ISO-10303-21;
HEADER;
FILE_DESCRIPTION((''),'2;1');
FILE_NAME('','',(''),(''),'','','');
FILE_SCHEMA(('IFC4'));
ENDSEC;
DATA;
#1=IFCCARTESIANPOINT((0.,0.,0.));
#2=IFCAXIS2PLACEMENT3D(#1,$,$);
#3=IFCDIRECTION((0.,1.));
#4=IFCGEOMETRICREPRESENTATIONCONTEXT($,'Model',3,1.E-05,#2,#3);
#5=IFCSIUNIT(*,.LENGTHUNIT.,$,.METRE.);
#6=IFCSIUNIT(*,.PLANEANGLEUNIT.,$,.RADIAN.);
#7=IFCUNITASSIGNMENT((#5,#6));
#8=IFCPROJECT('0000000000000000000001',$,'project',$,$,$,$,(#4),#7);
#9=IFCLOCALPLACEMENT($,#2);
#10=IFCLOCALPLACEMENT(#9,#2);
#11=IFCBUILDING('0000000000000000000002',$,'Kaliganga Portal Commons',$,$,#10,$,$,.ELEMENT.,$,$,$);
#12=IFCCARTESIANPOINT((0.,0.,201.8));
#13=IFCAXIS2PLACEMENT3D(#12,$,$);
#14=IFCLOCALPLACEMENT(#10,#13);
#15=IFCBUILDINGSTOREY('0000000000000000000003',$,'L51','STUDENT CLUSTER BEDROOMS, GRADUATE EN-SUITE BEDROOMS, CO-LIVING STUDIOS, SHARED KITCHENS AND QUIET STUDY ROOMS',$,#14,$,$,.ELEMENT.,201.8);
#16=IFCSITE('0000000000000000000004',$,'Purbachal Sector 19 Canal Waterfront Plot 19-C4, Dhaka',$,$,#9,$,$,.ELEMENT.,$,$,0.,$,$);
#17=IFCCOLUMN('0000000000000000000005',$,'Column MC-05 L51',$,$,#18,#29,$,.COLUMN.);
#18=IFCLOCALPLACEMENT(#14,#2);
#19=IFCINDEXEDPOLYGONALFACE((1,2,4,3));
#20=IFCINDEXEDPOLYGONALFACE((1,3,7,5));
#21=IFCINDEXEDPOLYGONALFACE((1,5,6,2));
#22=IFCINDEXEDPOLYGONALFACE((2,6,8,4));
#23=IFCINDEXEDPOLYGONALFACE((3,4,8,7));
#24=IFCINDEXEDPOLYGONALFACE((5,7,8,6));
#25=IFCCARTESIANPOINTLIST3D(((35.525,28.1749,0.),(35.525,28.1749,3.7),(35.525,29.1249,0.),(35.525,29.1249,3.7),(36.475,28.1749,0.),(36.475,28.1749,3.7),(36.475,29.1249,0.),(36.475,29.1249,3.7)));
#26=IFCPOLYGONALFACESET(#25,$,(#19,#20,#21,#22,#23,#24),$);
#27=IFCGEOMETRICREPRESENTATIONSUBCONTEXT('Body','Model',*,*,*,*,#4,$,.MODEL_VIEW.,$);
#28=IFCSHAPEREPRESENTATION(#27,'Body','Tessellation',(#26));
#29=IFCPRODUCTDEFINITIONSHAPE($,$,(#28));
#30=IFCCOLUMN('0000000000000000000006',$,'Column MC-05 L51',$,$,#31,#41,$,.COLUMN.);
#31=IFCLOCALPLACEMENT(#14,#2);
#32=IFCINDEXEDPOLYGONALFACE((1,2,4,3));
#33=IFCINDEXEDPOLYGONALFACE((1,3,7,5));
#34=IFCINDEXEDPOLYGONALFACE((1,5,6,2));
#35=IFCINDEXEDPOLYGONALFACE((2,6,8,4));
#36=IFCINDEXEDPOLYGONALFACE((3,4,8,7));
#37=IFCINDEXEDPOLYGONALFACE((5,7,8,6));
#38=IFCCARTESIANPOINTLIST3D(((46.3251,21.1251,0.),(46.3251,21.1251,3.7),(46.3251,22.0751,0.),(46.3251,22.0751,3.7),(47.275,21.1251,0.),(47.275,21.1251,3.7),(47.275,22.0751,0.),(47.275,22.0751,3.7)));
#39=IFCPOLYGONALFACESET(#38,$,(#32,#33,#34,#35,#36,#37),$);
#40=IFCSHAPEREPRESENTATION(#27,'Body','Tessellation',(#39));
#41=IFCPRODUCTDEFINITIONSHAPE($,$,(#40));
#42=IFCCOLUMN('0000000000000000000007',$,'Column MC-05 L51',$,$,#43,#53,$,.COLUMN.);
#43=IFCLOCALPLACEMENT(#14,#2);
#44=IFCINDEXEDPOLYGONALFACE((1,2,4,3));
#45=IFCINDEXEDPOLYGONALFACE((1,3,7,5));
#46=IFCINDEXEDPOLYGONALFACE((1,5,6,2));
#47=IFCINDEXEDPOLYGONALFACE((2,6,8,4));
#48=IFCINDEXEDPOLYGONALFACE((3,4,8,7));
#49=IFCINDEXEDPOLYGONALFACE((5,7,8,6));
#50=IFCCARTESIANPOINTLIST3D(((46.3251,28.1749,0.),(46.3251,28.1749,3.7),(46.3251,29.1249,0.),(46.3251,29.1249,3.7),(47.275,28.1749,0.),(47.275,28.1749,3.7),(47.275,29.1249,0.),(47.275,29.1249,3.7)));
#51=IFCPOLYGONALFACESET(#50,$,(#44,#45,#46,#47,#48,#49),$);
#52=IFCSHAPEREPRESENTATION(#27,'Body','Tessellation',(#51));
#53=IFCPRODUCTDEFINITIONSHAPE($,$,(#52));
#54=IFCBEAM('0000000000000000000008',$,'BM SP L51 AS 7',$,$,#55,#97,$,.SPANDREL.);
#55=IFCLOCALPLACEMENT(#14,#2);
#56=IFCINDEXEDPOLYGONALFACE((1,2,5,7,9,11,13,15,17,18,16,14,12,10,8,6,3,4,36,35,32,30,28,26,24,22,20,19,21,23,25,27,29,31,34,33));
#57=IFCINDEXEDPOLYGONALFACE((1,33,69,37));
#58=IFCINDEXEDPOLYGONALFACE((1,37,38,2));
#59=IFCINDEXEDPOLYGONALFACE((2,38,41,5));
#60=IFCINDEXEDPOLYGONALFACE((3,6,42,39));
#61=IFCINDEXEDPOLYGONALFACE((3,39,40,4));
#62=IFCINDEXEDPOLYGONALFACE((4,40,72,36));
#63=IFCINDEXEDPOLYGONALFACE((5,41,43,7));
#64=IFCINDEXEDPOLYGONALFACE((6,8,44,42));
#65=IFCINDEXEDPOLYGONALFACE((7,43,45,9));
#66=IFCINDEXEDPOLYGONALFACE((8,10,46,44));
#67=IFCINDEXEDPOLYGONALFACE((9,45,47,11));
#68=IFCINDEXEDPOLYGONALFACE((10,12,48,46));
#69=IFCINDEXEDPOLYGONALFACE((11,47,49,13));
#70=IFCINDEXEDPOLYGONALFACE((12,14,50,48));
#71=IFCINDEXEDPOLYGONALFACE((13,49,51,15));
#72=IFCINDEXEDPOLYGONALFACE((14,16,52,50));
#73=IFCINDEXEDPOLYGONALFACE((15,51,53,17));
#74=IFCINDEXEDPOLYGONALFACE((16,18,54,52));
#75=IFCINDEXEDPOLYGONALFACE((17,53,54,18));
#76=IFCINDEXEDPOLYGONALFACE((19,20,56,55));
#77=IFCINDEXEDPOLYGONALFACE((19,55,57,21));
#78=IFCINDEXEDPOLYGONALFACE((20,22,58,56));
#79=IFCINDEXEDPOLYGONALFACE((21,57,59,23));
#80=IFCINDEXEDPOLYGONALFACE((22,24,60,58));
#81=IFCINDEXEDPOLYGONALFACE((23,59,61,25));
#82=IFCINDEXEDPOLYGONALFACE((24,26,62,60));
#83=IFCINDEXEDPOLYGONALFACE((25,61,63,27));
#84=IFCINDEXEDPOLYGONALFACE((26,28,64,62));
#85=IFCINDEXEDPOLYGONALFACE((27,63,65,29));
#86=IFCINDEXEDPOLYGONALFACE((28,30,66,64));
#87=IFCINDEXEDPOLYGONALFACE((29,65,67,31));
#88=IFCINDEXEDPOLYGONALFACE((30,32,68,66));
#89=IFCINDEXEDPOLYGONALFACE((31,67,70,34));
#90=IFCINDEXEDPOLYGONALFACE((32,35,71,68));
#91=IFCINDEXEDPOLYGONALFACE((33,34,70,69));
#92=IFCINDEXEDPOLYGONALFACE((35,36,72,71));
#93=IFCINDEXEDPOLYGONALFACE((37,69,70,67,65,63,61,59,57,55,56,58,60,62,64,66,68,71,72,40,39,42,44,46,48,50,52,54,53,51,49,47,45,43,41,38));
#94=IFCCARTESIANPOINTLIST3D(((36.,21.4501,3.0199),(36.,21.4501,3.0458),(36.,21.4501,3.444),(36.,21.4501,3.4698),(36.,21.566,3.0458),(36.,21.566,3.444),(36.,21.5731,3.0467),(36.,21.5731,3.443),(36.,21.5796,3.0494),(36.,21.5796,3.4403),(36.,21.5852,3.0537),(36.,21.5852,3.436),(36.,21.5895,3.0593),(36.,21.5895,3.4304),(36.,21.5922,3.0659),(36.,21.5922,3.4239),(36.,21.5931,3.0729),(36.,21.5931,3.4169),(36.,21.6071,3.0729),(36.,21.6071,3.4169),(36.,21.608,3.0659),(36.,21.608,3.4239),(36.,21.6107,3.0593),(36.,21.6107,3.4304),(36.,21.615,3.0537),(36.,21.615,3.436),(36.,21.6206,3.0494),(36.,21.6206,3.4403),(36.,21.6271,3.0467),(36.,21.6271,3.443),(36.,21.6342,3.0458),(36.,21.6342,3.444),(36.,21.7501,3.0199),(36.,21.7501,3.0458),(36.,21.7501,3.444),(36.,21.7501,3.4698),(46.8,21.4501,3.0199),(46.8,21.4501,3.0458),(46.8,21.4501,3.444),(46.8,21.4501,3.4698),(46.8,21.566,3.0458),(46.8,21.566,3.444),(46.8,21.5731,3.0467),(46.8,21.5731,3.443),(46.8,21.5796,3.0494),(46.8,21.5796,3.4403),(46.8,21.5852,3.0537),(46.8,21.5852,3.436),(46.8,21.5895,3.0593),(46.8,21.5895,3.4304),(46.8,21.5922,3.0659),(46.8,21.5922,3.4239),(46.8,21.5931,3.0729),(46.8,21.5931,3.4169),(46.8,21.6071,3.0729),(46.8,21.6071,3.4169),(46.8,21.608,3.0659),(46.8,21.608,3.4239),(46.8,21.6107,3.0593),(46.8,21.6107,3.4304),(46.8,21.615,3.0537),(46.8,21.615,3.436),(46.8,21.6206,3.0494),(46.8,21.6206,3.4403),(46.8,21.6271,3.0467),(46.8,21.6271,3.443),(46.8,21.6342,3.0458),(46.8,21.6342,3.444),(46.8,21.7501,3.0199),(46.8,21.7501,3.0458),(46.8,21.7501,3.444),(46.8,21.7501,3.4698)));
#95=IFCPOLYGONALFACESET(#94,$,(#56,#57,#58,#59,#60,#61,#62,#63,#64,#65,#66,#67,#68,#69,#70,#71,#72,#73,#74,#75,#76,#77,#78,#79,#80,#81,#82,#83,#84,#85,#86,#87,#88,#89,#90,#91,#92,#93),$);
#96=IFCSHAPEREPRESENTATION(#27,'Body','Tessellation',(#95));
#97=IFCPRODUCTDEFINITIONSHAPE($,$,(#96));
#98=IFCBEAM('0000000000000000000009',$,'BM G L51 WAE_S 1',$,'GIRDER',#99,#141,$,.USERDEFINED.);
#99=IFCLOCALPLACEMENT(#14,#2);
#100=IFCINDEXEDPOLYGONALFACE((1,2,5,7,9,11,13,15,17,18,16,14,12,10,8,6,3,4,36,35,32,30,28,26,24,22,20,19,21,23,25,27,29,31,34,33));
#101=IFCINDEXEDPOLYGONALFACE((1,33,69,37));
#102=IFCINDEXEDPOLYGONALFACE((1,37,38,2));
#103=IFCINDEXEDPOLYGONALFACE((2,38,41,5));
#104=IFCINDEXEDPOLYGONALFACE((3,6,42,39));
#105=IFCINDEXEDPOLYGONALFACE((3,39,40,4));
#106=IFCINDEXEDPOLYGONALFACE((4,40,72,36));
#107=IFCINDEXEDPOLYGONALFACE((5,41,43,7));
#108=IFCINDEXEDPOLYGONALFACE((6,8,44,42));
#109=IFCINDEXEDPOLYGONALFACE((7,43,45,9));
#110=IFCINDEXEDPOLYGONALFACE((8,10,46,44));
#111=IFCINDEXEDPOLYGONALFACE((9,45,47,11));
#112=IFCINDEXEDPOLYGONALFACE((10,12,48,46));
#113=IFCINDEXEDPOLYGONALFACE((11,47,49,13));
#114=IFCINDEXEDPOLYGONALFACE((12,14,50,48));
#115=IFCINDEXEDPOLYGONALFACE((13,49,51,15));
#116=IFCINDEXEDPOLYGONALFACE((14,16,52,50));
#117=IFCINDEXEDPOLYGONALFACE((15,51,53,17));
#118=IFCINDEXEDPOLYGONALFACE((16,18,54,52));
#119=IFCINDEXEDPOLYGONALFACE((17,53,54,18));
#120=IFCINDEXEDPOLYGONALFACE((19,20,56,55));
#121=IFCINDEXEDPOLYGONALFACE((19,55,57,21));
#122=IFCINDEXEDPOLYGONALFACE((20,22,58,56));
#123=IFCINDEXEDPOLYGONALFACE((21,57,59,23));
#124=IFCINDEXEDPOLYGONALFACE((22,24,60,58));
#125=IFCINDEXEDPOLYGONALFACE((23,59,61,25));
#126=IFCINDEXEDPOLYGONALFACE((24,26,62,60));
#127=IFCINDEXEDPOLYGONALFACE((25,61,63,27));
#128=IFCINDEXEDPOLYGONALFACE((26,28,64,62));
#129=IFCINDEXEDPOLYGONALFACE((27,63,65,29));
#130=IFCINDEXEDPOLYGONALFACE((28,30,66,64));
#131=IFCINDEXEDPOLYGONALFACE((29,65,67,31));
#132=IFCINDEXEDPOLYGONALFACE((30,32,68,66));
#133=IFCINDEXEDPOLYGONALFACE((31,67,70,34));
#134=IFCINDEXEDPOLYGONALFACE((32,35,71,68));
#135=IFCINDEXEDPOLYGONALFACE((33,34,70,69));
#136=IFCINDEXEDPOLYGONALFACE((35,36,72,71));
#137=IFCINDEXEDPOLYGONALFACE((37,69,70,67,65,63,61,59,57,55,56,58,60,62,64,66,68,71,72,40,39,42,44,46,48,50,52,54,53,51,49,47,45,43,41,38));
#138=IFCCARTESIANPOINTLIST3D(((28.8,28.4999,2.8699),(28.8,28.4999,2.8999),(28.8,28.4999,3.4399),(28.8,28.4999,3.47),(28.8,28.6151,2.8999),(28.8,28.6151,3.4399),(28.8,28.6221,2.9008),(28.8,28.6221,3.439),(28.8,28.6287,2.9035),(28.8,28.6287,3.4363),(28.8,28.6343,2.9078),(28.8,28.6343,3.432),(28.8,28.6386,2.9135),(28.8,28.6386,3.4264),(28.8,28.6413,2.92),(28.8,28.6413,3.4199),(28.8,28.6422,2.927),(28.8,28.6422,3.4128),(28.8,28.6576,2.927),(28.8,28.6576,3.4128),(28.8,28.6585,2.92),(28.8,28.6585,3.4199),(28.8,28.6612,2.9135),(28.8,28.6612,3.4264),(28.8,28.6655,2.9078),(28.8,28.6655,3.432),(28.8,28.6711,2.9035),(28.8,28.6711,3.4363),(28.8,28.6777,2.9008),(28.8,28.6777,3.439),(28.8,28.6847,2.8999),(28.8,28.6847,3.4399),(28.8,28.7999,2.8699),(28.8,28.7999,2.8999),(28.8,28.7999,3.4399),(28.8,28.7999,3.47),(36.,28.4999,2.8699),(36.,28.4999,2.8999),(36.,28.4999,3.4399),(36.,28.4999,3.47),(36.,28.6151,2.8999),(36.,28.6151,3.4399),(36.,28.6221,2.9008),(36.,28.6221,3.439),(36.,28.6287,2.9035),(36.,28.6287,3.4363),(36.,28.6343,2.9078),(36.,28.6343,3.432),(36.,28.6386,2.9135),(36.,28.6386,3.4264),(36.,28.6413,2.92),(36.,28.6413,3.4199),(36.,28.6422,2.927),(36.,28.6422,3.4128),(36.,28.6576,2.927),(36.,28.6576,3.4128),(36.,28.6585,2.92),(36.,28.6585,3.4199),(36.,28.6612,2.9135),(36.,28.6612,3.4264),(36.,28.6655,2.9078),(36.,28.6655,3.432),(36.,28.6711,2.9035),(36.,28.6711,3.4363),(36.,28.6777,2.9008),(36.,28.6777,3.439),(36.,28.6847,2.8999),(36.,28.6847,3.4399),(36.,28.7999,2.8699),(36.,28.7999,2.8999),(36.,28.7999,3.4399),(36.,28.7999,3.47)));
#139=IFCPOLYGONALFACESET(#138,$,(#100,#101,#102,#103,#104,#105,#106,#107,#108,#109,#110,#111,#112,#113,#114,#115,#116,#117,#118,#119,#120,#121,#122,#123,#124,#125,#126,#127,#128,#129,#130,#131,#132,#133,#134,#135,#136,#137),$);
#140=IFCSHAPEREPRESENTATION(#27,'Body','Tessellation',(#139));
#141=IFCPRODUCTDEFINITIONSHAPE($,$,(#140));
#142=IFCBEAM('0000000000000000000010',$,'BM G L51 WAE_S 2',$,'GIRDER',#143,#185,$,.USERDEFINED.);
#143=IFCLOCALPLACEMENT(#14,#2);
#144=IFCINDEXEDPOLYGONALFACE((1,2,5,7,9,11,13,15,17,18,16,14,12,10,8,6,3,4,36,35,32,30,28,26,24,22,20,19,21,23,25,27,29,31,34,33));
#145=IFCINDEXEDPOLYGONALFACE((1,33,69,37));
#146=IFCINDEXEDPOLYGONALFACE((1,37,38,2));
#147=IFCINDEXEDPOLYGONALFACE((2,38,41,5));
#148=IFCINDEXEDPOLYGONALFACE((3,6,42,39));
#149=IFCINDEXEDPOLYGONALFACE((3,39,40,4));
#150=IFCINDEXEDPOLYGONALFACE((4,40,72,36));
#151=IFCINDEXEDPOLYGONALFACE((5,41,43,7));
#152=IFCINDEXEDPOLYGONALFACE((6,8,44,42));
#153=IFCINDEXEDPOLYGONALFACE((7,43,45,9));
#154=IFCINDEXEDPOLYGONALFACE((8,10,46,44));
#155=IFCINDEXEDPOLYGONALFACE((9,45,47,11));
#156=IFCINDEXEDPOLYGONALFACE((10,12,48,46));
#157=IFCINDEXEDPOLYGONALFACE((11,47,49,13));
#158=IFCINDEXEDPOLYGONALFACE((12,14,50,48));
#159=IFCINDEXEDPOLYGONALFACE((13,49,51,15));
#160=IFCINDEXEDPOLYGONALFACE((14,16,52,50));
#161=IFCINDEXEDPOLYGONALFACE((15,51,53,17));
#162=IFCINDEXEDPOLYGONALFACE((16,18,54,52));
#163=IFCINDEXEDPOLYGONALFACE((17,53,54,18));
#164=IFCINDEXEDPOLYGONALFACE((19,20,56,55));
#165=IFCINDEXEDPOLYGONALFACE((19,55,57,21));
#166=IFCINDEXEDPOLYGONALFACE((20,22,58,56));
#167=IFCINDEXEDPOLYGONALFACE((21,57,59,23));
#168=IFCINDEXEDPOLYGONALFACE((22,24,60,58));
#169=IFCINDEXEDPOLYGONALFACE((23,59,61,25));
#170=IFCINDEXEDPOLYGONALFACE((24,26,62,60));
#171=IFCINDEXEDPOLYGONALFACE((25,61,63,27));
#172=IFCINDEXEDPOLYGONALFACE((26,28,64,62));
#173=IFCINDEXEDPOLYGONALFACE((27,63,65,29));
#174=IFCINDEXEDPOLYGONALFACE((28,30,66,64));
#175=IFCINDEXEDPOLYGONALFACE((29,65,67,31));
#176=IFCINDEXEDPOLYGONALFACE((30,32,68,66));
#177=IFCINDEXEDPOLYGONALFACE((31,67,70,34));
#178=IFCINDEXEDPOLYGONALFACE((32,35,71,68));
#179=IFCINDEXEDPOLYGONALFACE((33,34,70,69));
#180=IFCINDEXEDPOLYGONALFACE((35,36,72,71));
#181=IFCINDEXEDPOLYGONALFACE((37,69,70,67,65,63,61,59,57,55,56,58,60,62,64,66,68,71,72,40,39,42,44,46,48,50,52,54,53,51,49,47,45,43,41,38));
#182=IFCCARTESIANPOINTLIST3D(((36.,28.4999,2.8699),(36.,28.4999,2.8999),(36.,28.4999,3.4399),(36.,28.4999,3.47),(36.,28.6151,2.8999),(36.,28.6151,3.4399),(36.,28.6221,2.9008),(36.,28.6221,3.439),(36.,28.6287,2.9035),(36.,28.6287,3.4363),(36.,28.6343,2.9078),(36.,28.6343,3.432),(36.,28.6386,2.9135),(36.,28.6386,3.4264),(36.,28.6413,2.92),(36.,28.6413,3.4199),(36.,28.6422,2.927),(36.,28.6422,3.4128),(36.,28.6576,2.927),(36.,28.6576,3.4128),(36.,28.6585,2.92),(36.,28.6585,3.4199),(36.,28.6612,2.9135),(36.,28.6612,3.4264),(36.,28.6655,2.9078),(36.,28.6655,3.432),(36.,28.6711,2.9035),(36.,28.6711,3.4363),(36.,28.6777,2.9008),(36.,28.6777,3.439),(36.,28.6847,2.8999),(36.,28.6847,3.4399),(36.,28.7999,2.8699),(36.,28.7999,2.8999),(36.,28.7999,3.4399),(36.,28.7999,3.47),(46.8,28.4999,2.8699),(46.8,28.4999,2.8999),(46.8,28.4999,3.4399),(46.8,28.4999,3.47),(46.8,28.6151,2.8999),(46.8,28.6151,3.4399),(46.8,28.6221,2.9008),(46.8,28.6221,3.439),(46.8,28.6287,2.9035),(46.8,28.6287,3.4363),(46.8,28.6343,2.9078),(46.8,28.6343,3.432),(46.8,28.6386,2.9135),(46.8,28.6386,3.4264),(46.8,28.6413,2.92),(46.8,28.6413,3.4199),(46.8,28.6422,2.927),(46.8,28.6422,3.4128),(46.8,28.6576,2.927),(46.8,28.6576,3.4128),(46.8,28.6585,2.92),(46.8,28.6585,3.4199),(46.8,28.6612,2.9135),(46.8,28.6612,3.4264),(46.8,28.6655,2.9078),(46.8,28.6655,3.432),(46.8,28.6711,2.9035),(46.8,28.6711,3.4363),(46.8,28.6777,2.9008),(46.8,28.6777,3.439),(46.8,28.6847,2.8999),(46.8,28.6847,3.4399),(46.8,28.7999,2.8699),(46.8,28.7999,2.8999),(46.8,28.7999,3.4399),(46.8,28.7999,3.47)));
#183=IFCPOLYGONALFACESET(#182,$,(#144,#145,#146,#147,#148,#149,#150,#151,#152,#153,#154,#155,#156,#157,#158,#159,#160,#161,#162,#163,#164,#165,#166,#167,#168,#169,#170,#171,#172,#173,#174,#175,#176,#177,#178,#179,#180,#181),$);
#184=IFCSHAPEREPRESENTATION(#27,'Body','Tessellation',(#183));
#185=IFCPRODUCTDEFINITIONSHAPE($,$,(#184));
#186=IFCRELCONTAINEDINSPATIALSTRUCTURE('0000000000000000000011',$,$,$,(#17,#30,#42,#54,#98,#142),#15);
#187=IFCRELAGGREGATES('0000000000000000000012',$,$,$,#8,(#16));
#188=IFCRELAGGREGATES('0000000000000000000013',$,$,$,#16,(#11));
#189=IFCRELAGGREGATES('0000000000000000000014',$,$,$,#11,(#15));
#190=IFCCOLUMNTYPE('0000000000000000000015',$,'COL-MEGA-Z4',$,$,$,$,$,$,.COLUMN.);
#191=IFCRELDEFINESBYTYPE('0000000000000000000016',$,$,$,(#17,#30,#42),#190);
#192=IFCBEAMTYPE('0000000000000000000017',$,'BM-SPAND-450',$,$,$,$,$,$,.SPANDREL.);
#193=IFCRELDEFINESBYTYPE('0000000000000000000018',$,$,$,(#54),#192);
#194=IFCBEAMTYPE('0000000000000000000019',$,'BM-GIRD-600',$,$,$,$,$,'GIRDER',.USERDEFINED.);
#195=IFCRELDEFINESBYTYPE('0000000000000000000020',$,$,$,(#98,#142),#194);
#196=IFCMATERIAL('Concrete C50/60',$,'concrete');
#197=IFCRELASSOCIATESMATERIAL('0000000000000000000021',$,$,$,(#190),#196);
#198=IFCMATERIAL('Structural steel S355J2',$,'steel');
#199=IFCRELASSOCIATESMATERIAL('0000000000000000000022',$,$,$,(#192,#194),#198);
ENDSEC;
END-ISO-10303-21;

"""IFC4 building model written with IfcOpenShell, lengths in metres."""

from ifc_helpers import new_model, si_unit, direction, frame, origin, origin_2d, place, context, subcontext, project, spatial, rectangle, i_section, extrude, source, transform, mapped, material, material_profile, profile_set, type_object, element, save


model = new_model("IFC4")

# Units and contexts
model_context = context("Model", 3, precision=1e-05, world=origin(), true_north=direction((0.0, 1.0)))
body_context = subcontext(model_context, "Body", "Model", "MODEL_VIEW")
ifc_project = project(units=[si_unit("LENGTHUNIT", "METRE"), si_unit("PLANEANGLEUNIT", "RADIAN")], contexts=[model_context])

# Site, building, storey
site_placement = place(None, origin())
site = spatial("IfcSite", under=ifc_project, at=site_placement, Name="Purbachal Sector 19 Canal Waterfront Plot 19-C4, Dhaka", CompositionType="ELEMENT", RefElevation=0.0)
building_placement = place(site_placement, origin())
building = spatial("IfcBuilding", under=site, at=building_placement, Name="Kaliganga Portal Commons", CompositionType="ELEMENT")
storey_placement = place(building_placement, frame((0.0, 0.0, 201.8)))
storey = spatial("IfcBuildingStorey", under=building, at=storey_placement, Name="L51", Description="STUDENT CLUSTER BEDROOMS, GRADUATE EN-SUITE BEDROOMS, CO-LIVING STUDIOS, SHARED KITCHENS AND QUIET STUDY ROOMS", CompositionType="ELEMENT", Elevation=201.8)

# Columns
ifc_material_1 = material(Name="Concrete C50/60", Category="concrete")
ifc_material_profile_1 = material_profile(ifc_material_1, rectangle(XDim=0.95, YDim=0.95, at=origin_2d()), Name="RC 950x950")
ifc_profile_set_1 = profile_set([ifc_material_profile_1], Name="Concrete C50/60")
column_type = type_object("IfcColumnType", Name="COL-MEGA-Z4", PredefinedType="COLUMN", material=ifc_profile_set_1)
shared_shape_1 = source(origin(), body_context, "Body", "SweptSolid", [
    extrude(rectangle(XDim=0.95, YDim=0.95, at=origin_2d()), origin(), (0.0, 0.0, 1.0), 3.7),
])
for number, where, z_axis, x_axis, name in (
    (1, (36.0, 28.6499, 0.0), (0.0, 0.0, 1.0), (1.0, 0.0, 0.0), "Column MC-05 L51"),
    (2, (46.8, 21.6001, 0.0), (0.0, 0.0, 1.0), (1.0, 0.0, 0.0), "Column MC-05 L51"),
    (3, (46.8, 28.6499, 0.0), (0.0, 0.0, 1.0), (1.0, 0.0, 0.0), "Column MC-05 L51"),
):
    element("IfcColumn", number, at=place(storey_placement, frame(where, z_axis=z_axis, x_axis=x_axis)), inside=storey, type_object=column_type, Name=name, PredefinedType="COLUMN", context=body_context, shape_type="MappedRepresentation", body=[
        mapped(shared_shape_1, transform((0.0, 0.0, 0.0), x_axis=(1.0, 0.0, 0.0), y_axis=(0.0, 1.0, 0.0), z_axis=(0.0, 0.0, 1.0), scale=1.0)),
    ])

# Beams
ifc_material_2 = material(Name="Structural steel S355J2", Category="steel")
ifc_material_profile_2 = material_profile(ifc_material_2, i_section(OverallWidth=0.3, OverallDepth=0.45, WebThickness=0.0139, FlangeThickness=0.0259, FilletRadius=0.0271, at=origin_2d()), Name="HE 450 B")
ifc_profile_set_2 = profile_set([ifc_material_profile_2], Name="Structural steel S355J2 wide-flange")
beam_type_1 = type_object("IfcBeamType", Name="BM-SPAND-450", PredefinedType="SPANDREL", material=ifc_profile_set_2)
shared_shape_2 = source(origin(), body_context, "Body", "SweptSolid", [
    extrude(i_section(OverallWidth=0.3, OverallDepth=0.45, WebThickness=0.0139, FlangeThickness=0.0259, FilletRadius=0.0271, at=origin_2d()), origin(), (0.0, 0.0, 1.0), 10.8),
])
beam_1_placement = place(storey_placement, frame((36.0, 21.6001, 3.2449), z_axis=(1.0, 0.0, 0.0), x_axis=(0.0, 1.0, 0.0)))
element("IfcBeam", 4, at=beam_1_placement, inside=storey, type_object=beam_type_1, Name="BM SP L51 AS 7", PredefinedType="SPANDREL", context=body_context, shape_type="MappedRepresentation", body=[
    mapped(shared_shape_2, transform((0.0, 0.0, 0.0), x_axis=(1.0, 0.0, 0.0), y_axis=(0.0, 1.0, 0.0), z_axis=(0.0, 0.0, 1.0), scale=1.0)),
])
ifc_material_profile_3 = material_profile(ifc_material_2, i_section(OverallWidth=0.3, OverallDepth=0.6001, WebThickness=0.0154, FlangeThickness=0.03, FilletRadius=0.0271, at=origin_2d()), Name="HE 600 B")
ifc_profile_set_3 = profile_set([ifc_material_profile_3], Name="Structural steel S355J2 wide-flange")
beam_type_2 = type_object("IfcBeamType", Name="BM-GIRD-600", ElementType="GIRDER", PredefinedType="USERDEFINED", material=ifc_profile_set_3)
shared_shape_3 = source(origin(), body_context, "Body", "SweptSolid", [
    extrude(i_section(OverallWidth=0.3, OverallDepth=0.6001, WebThickness=0.0154, FlangeThickness=0.03, FilletRadius=0.0271, at=origin_2d()), origin(), (0.0, 0.0, 1.0), 7.2),
])
beam_2_placement = place(storey_placement, frame((28.8, 28.6499, 3.1699), z_axis=(1.0, 0.0, 0.0), x_axis=(0.0, 1.0, 0.0)))
element("IfcBeam", 5, at=beam_2_placement, inside=storey, type_object=beam_type_2, Name="BM G L51 WAE_S 1", ObjectType="GIRDER", PredefinedType="USERDEFINED", context=body_context, shape_type="MappedRepresentation", body=[
    mapped(shared_shape_3, transform((0.0, 0.0, 0.0), x_axis=(1.0, 0.0, 0.0), y_axis=(0.0, 1.0, 0.0), z_axis=(0.0, 0.0, 1.0), scale=1.0)),
])
shared_shape_4 = source(origin(), body_context, "Body", "SweptSolid", [
    extrude(i_section(OverallWidth=0.3, OverallDepth=0.6001, WebThickness=0.0154, FlangeThickness=0.03, FilletRadius=0.0271, at=origin_2d()), origin(), (0.0, 0.0, 1.0), 10.8),
])
beam_3_placement = place(storey_placement, frame((36.0, 28.6499, 3.1699), z_axis=(1.0, 0.0, 0.0), x_axis=(0.0, 1.0, 0.0)))
element("IfcBeam", 6, at=beam_3_placement, inside=storey, type_object=beam_type_2, Name="BM G L51 WAE_S 2", ObjectType="GIRDER", PredefinedType="USERDEFINED", context=body_context, shape_type="MappedRepresentation", body=[
    mapped(shared_shape_4, transform((0.0, 0.0, 0.0), x_axis=(1.0, 0.0, 0.0), y_axis=(0.0, 1.0, 0.0), z_axis=(0.0, 0.0, 1.0), scale=1.0)),
])

save(model, "model.ifc")
